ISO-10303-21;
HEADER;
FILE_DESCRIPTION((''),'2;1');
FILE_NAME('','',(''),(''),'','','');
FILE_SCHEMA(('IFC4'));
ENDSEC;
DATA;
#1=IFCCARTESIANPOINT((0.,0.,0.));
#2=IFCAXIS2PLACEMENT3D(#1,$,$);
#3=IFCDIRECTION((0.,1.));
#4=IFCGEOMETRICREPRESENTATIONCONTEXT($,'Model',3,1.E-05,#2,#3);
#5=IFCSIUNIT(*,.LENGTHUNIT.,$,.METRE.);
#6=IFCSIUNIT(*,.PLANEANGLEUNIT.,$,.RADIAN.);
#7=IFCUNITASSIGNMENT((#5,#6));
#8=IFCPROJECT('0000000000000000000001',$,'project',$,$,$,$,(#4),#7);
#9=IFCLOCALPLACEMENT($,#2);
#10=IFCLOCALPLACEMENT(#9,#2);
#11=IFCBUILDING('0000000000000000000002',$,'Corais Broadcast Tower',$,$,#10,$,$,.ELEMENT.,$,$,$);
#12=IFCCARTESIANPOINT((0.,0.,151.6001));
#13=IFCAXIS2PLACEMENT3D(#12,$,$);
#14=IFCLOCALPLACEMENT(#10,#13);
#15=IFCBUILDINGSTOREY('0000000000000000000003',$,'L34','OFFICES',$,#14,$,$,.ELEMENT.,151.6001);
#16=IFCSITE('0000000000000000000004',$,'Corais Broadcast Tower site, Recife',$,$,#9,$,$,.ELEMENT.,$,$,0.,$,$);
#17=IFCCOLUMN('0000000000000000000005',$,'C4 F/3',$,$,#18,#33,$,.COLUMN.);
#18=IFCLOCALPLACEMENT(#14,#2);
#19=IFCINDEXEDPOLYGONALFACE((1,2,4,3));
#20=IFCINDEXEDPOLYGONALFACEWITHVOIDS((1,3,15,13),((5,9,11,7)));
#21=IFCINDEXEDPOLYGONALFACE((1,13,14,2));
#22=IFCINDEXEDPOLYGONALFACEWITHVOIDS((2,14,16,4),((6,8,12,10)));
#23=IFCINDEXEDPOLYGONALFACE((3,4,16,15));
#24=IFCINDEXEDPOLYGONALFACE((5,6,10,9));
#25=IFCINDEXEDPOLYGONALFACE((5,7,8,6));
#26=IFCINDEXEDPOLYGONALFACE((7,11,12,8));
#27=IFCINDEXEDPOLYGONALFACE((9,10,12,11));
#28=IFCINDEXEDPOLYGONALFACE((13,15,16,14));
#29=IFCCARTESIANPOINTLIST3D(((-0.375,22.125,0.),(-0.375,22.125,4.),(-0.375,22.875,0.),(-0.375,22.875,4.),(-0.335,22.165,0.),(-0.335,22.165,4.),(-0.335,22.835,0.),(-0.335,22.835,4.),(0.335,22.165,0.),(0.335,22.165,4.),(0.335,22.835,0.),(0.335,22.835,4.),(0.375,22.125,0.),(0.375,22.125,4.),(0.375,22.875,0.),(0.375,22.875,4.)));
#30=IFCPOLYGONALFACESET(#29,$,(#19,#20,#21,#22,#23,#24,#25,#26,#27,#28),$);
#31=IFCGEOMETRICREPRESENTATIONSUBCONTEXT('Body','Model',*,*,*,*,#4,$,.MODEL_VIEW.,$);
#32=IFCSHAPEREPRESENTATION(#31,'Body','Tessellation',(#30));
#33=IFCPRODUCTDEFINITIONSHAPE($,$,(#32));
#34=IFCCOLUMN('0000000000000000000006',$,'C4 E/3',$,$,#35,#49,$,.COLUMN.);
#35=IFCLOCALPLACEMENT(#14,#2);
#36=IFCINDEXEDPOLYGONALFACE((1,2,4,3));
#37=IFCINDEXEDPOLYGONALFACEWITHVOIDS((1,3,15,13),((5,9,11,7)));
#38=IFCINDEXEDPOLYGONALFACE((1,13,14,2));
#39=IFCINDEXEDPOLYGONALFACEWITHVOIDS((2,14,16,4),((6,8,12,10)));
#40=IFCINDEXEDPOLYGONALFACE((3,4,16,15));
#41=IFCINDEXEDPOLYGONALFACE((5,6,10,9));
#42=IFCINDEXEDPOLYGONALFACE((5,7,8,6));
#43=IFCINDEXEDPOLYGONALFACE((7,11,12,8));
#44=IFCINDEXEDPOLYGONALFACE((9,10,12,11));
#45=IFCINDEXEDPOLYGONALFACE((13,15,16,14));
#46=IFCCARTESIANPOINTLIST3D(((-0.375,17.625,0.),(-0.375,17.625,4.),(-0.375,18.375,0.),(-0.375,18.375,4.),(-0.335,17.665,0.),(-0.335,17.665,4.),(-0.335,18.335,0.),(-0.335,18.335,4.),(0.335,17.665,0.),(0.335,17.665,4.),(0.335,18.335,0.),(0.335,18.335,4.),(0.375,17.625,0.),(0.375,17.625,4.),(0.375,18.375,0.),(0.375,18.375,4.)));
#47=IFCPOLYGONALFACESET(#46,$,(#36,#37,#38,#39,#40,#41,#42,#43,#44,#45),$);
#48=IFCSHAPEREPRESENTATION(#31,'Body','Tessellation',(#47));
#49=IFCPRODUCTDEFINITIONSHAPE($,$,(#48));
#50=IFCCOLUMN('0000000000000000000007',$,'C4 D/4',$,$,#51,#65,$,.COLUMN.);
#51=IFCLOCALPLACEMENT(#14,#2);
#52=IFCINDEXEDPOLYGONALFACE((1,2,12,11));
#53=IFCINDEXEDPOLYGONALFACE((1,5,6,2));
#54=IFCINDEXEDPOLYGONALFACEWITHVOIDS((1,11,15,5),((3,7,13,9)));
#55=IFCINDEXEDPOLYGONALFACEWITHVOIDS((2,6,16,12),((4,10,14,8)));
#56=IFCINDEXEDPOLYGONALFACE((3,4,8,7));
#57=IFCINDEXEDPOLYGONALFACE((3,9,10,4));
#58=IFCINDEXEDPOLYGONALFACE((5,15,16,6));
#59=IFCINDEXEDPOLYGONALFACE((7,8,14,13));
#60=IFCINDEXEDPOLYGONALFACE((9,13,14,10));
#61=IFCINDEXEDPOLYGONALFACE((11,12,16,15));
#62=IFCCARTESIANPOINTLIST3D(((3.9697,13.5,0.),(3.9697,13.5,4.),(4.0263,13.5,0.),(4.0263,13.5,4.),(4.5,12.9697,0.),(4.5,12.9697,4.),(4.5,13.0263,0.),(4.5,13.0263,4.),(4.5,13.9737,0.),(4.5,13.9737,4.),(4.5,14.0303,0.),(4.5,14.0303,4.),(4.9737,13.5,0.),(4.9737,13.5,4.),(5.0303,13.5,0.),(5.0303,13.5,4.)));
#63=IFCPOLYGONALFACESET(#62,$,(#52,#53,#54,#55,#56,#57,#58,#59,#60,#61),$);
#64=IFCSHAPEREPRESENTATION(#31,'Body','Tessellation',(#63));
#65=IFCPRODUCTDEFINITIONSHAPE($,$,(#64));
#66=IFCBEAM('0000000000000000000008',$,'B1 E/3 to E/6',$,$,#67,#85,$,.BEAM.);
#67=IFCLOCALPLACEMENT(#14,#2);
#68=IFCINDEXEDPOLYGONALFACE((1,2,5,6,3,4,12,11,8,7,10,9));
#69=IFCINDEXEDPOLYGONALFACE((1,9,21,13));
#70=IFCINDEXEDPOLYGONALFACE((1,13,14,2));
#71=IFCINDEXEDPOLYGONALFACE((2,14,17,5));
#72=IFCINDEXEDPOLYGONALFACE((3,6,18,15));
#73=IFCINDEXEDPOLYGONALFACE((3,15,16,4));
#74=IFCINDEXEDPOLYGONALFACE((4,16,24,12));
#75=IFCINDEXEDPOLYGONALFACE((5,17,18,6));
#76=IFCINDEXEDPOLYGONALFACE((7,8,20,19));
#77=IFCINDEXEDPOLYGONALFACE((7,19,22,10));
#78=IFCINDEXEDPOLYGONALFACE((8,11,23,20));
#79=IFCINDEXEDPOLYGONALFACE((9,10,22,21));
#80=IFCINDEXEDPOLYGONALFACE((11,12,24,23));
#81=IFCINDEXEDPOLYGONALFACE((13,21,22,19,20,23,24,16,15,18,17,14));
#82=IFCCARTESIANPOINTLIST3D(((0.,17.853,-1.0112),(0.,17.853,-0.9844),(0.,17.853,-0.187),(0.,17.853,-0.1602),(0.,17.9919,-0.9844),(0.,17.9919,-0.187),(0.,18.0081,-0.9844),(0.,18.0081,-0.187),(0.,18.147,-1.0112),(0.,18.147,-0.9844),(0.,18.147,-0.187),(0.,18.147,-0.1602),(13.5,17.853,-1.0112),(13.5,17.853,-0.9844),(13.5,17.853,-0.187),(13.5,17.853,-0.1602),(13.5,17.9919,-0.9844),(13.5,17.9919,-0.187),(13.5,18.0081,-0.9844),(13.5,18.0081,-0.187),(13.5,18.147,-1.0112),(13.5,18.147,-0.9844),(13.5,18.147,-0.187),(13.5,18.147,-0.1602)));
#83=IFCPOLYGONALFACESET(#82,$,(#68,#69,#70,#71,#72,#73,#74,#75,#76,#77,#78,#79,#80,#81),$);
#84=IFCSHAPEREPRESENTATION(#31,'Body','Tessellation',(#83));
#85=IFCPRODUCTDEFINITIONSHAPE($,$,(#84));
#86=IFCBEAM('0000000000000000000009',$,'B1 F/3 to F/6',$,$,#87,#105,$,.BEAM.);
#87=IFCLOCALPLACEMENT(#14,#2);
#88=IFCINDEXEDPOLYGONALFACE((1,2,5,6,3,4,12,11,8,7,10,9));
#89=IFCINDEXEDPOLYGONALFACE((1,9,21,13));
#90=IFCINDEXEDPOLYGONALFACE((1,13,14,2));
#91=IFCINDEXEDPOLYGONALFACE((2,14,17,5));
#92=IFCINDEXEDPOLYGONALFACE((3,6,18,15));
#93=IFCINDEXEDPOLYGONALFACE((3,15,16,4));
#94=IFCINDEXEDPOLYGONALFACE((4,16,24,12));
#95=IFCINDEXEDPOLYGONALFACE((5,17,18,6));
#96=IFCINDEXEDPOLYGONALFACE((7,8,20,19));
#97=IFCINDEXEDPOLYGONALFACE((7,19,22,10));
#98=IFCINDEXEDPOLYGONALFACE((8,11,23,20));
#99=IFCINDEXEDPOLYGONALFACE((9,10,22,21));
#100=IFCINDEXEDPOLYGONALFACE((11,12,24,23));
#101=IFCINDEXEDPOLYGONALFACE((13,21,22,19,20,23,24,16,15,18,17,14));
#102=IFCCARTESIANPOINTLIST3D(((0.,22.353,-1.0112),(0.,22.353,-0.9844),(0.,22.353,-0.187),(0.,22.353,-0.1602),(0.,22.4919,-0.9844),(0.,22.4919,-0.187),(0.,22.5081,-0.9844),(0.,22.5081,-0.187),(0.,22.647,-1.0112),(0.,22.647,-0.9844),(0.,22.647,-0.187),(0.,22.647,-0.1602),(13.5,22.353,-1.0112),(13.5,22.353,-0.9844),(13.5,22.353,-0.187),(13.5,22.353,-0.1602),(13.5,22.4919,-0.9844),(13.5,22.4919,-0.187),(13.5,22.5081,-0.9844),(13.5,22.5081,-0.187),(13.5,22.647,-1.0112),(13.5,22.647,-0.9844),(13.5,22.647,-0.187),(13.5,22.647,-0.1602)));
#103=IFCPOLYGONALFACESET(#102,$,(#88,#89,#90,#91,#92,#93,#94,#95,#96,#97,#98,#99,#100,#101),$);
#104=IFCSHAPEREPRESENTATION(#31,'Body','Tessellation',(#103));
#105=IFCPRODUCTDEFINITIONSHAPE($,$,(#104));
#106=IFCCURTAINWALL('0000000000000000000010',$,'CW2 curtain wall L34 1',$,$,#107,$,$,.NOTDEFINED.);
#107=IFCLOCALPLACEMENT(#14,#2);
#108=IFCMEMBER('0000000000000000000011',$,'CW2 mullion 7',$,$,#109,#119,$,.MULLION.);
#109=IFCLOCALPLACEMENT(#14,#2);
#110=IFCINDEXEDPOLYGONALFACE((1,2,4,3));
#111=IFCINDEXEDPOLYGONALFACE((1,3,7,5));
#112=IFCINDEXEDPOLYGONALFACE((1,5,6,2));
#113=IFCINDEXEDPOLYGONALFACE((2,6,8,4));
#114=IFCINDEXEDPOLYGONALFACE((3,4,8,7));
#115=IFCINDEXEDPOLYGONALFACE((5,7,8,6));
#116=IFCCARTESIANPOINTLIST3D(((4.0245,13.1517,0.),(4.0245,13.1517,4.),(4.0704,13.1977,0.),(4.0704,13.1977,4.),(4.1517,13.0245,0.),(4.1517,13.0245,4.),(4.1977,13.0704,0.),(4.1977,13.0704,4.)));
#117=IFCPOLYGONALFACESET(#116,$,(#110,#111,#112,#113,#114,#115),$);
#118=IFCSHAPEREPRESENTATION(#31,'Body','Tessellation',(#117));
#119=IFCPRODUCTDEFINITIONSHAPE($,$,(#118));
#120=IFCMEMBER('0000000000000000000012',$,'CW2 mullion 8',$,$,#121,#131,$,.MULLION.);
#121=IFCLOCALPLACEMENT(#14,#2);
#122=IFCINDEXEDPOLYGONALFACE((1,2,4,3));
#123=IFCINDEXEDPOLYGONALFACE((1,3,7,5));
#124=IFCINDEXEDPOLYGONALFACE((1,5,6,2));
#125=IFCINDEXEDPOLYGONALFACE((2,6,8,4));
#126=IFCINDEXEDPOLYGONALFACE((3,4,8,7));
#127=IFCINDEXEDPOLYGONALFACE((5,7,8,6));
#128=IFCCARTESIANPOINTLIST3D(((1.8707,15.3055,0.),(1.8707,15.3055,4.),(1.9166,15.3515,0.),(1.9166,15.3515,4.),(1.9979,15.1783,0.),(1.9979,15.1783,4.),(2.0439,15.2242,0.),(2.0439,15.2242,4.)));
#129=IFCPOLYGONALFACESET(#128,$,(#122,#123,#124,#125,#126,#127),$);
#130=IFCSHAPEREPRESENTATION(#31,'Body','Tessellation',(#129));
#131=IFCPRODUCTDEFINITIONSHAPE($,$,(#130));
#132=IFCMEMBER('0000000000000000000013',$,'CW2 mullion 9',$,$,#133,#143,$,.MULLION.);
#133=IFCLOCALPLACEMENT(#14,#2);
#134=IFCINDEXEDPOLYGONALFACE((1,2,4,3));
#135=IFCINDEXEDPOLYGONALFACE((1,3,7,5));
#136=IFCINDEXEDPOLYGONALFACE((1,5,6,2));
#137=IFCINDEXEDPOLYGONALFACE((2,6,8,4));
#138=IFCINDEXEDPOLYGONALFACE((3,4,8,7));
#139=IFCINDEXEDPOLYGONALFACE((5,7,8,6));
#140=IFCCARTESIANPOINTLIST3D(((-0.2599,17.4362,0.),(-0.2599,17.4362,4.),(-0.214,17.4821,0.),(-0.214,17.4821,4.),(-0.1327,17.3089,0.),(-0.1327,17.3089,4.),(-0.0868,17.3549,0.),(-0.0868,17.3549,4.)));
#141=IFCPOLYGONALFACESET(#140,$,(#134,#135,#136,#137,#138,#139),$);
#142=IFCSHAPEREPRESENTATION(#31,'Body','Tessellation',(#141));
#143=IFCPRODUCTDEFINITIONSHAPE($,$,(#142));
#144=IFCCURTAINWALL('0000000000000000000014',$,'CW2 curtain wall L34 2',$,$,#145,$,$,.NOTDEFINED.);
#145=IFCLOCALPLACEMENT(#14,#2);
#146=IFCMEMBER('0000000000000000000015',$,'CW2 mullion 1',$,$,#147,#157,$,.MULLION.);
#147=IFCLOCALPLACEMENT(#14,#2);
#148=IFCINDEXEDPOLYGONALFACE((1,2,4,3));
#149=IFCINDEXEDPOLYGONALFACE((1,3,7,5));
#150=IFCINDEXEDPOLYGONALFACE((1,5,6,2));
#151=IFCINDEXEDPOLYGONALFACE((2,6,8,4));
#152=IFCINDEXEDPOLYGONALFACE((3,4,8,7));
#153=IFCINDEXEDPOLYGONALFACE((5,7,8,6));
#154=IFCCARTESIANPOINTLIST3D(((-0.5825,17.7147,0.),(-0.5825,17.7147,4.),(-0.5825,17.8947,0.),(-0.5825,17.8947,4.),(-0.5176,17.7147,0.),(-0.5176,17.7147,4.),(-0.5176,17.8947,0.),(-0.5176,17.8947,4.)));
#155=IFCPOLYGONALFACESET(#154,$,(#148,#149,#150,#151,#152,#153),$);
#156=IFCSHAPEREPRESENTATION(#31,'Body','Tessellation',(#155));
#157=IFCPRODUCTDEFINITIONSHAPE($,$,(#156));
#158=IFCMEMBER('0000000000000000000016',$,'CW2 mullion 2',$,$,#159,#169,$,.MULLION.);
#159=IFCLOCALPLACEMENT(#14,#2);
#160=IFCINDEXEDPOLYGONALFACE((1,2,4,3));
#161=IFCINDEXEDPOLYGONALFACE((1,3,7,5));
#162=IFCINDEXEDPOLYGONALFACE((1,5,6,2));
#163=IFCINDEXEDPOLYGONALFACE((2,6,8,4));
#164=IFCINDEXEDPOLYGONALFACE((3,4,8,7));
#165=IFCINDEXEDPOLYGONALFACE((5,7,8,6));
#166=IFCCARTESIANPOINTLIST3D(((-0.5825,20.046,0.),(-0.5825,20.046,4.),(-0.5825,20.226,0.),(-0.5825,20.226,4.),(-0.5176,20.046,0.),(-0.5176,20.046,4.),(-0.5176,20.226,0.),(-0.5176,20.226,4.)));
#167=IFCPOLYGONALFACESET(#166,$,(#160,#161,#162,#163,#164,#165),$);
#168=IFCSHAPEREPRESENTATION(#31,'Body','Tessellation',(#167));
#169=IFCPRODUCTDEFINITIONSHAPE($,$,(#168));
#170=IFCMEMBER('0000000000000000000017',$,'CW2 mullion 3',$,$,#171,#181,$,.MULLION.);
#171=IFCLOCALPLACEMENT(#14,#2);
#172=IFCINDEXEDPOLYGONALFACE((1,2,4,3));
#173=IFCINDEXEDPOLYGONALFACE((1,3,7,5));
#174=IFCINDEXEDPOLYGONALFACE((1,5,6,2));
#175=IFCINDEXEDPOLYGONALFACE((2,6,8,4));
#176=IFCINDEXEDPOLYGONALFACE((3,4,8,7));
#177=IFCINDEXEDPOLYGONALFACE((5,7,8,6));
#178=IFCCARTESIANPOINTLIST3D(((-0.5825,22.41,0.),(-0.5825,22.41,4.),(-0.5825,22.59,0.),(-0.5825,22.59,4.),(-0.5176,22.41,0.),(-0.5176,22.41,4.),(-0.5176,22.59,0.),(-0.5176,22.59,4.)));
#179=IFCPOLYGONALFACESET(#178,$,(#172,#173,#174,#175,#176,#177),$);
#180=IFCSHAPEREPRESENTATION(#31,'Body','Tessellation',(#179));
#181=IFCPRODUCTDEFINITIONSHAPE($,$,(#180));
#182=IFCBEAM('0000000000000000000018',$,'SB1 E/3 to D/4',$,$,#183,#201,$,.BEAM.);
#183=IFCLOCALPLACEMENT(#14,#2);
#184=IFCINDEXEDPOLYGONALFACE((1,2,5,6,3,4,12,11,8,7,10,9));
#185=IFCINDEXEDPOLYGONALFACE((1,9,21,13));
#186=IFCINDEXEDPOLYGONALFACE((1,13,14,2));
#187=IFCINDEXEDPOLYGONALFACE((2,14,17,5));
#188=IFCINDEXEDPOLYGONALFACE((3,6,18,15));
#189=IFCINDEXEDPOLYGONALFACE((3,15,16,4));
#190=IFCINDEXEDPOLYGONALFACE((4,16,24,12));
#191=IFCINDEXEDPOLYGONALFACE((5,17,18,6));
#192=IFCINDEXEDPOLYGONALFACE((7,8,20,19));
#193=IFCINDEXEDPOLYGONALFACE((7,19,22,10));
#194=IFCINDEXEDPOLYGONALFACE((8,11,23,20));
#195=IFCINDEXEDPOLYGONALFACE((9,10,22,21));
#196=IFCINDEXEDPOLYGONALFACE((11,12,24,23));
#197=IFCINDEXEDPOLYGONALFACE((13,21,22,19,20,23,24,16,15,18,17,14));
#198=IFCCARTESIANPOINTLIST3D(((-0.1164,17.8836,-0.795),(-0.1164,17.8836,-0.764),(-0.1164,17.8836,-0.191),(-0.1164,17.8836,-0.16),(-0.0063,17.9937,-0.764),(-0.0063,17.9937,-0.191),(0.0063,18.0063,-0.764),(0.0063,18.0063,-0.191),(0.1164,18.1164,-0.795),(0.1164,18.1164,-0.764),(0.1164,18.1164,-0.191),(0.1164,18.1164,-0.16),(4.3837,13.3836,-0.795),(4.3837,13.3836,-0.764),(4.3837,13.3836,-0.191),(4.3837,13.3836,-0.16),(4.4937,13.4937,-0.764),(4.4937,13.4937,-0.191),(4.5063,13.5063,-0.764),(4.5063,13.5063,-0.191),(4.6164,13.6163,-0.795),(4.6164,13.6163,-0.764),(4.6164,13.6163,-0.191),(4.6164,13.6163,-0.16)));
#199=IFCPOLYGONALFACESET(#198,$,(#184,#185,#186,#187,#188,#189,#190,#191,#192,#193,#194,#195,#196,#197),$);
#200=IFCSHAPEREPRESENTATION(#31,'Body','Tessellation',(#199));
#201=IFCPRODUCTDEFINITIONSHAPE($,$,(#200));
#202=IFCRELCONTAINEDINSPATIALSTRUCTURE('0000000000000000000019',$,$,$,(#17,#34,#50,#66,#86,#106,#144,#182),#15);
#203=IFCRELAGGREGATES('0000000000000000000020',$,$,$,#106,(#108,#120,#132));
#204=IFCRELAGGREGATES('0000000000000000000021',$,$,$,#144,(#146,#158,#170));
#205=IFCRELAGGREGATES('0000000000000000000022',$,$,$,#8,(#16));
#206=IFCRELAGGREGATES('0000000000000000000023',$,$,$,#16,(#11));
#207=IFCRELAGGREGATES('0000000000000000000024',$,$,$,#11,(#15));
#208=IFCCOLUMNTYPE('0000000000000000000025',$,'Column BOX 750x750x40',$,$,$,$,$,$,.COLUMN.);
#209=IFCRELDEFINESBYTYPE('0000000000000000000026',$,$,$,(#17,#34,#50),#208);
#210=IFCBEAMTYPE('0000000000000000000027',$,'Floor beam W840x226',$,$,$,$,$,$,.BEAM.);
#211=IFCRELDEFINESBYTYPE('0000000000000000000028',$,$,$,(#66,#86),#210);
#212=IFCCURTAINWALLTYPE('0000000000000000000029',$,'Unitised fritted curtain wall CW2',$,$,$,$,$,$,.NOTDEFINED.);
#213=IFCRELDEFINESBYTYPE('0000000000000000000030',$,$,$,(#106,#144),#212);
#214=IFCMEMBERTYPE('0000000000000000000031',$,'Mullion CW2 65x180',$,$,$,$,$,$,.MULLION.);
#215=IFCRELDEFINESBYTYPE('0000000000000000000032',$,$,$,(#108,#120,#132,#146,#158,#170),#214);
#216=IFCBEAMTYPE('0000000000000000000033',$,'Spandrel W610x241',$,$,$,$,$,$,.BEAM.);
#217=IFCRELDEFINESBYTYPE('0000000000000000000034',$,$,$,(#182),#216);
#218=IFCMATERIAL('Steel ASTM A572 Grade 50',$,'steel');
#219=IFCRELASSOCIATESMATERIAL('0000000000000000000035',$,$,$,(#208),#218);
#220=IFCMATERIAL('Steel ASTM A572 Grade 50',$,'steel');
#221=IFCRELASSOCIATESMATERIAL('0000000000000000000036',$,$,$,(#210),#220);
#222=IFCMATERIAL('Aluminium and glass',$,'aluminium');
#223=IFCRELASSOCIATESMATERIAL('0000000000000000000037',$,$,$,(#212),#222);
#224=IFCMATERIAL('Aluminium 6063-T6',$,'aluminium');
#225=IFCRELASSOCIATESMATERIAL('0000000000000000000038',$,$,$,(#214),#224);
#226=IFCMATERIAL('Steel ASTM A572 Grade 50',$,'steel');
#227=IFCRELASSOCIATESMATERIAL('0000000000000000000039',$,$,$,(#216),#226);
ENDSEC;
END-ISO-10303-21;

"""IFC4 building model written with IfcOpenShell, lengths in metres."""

from ifc_helpers import new_model, si_unit, direction, frame, origin, origin_2d, place, context, subcontext, project, spatial, rectangle, hollow_rectangle, i_section, extrude, material, material_profile, profile_set, type_object, element, aggregate, save


model = new_model("IFC4")

# Units and contexts
model_context = context("Model", 3, precision=1e-05, world=origin(), true_north=direction((0.0, 1.0)))
body_context = subcontext(model_context, "Body", "Model", "MODEL_VIEW")
ifc_project = project(units=[si_unit("LENGTHUNIT", "METRE"), si_unit("PLANEANGLEUNIT", "RADIAN")], contexts=[model_context])

# Site, building, storey
site_placement = place(None, origin())
site = spatial("IfcSite", under=ifc_project, at=site_placement, Name="Corais Broadcast Tower site, Recife", CompositionType="ELEMENT", RefElevation=0.0)
building_placement = place(site_placement, origin())
building = spatial("IfcBuilding", under=site, at=building_placement, Name="Corais Broadcast Tower", CompositionType="ELEMENT")
storey_placement = place(building_placement, frame((0.0, 0.0, 151.6001)))
storey = spatial("IfcBuildingStorey", under=building, at=storey_placement, Name="L34", Description="OFFICES", CompositionType="ELEMENT", Elevation=151.6001)

# Columns
ifc_material_1 = material(Name="Steel ASTM A572 Grade 50", Category="steel")
ifc_material_profile_1 = material_profile(ifc_material_1, hollow_rectangle(XDim=0.75, YDim=0.75, WallThickness=0.04, at=origin_2d()), Name="BOX 750x750x40")
ifc_profile_set_1 = profile_set([ifc_material_profile_1], Name="Steel ASTM A572 Grade 50")
column_type = type_object("IfcColumnType", Name="Column BOX 750x750x40", PredefinedType="COLUMN", material=ifc_profile_set_1)
for number, where, z_axis, x_axis, name in (
    (1, (0.0, 22.5, 0.0), (0.0, 0.0, 1.0), (1.0, 0.0, 0.0), "C4 F/3"),
    (2, (0.0, 18.0, 0.0), (0.0, 0.0, 1.0), (1.0, 0.0, 0.0), "C4 E/3"),
    (3, (4.5, 13.5, 0.0), (0.0, 0.0, 1.0), (0.707107, 0.707107, 0.0), "C4 D/4"),
):
    element("IfcColumn", number, at=place(storey_placement, frame(where, z_axis=z_axis, x_axis=x_axis)), inside=storey, type_object=column_type, Name=name, PredefinedType="COLUMN", context=body_context, shape_type="SweptSolid", body=[
        extrude(hollow_rectangle(XDim=0.75, YDim=0.75, WallThickness=0.04, at=origin_2d()), origin(), (0.0, 0.0, 1.0), 4.0),
    ])

# Beams
ifc_material_2 = material(Name="Steel ASTM A572 Grade 50", Category="steel")
ifc_material_profile_2 = material_profile(ifc_material_2, i_section(OverallWidth=0.2939, OverallDepth=0.8511, WebThickness=0.0161, FlangeThickness=0.0269, at=origin_2d()), Name="W840x226")
ifc_profile_set_2 = profile_set([ifc_material_profile_2], Name="Steel ASTM A572 Grade 50")
beam_type_1 = type_object("IfcBeamType", Name="Floor beam W840x226", PredefinedType="BEAM", material=ifc_profile_set_2)
for number, where, z_axis, x_axis, name in (
    (4, (0.0, 18.0, -0.5857), (1.0, 0.0, 0.0), (0.0, 1.0, 0.0), "B1 E/3 to E/6"),
    (5, (0.0, 22.5, -0.5857), (1.0, 0.0, 0.0), (0.0, 1.0, 0.0), "B1 F/3 to F/6"),
):
    element("IfcBeam", number, at=place(storey_placement, frame(where, z_axis=z_axis, x_axis=x_axis)), inside=storey, type_object=beam_type_1, Name=name, PredefinedType="BEAM", context=body_context, shape_type="SweptSolid", body=[
        extrude(i_section(OverallWidth=0.2939, OverallDepth=0.8511, WebThickness=0.0161, FlangeThickness=0.0269, at=origin_2d()), origin(), (0.0, 0.0, 1.0), 13.5),
    ])

# Curtain walls, members
ifc_material_3 = material(Name="Aluminium and glass", Category="aluminium")
curtain_wall_type = type_object("IfcCurtainWallType", Name="Unitised fritted curtain wall CW2", PredefinedType="NOTDEFINED", material=ifc_material_3)
curtain_wall_1_placement = place(storey_placement, origin())
curtain_wall_1 = element("IfcCurtainWall", 6, at=curtain_wall_1_placement, inside=storey, type_object=curtain_wall_type, Name="CW2 curtain wall L34 1", PredefinedType="NOTDEFINED")
ifc_material_4 = material(Name="Aluminium 6063-T6", Category="aluminium")
ifc_material_profile_3 = material_profile(ifc_material_4, rectangle(XDim=0.0649, YDim=0.1799, at=origin_2d()), Name="Mullion CW2 65x180")
ifc_profile_set_3 = profile_set([ifc_material_profile_3], Name="Aluminium 6063-T6")
member_type_1 = type_object("IfcMemberType", Name="Mullion CW2 65x180", PredefinedType="MULLION", material=ifc_profile_set_3)
member_1_placement = place(storey_placement, frame((4.1111, 13.1111, 0.0), z_axis=(0.0, 0.0, 1.0), x_axis=(-0.707107, -0.707107, 0.0)))
member_1 = element("IfcMember", 7, at=member_1_placement, type_object=member_type_1, Name="CW2 mullion 7", PredefinedType="MULLION", context=body_context, shape_type="SweptSolid", body=[
    extrude(rectangle(XDim=0.0649, YDim=0.1799, at=origin_2d()), origin(), (0.0, 0.0, 1.0), 4.0),
])
member_2_placement = place(storey_placement, frame((1.9573, 15.2649, 0.0), z_axis=(0.0, 0.0, 1.0), x_axis=(-0.707107, -0.707107, 0.0)))
member_2 = element("IfcMember", 8, at=member_2_placement, type_object=member_type_1, Name="CW2 mullion 8", PredefinedType="MULLION", context=body_context, shape_type="SweptSolid", body=[
    extrude(rectangle(XDim=0.0649, YDim=0.1799, at=origin_2d()), origin(), (0.0, 0.0, 1.0), 4.0),
])
member_3_placement = place(storey_placement, frame((-0.1733, 17.3955, 0.0), z_axis=(0.0, 0.0, 1.0), x_axis=(-0.707107, -0.707107, 0.0)))
member_3 = element("IfcMember", 9, at=member_3_placement, type_object=member_type_1, Name="CW2 mullion 9", PredefinedType="MULLION", context=body_context, shape_type="SweptSolid", body=[
    extrude(rectangle(XDim=0.0649, YDim=0.1799, at=origin_2d()), origin(), (0.0, 0.0, 1.0), 4.0),
])
curtain_wall_2_placement = place(storey_placement, origin())
curtain_wall_2 = element("IfcCurtainWall", 10, at=curtain_wall_2_placement, inside=storey, type_object=curtain_wall_type, Name="CW2 curtain wall L34 2", PredefinedType="NOTDEFINED")
member_4_placement = place(storey_placement, frame((-0.55, 17.8047, 0.0), z_axis=(0.0, 0.0, 1.0), x_axis=(-1.0, 0.0, 0.0)))
member_4 = element("IfcMember", 11, at=member_4_placement, type_object=member_type_1, Name="CW2 mullion 1", PredefinedType="MULLION", context=body_context, shape_type="SweptSolid", body=[
    extrude(rectangle(XDim=0.0649, YDim=0.1799, at=origin_2d()), origin(), (0.0, 0.0, 1.0), 4.0),
])
member_5_placement = place(storey_placement, frame((-0.55, 20.136, 0.0), z_axis=(0.0, 0.0, 1.0), x_axis=(-1.0, 0.0, 0.0)))
member_5 = element("IfcMember", 12, at=member_5_placement, type_object=member_type_1, Name="CW2 mullion 2", PredefinedType="MULLION", context=body_context, shape_type="SweptSolid", body=[
    extrude(rectangle(XDim=0.0649, YDim=0.1799, at=origin_2d()), origin(), (0.0, 0.0, 1.0), 4.0),
])
member_6_placement = place(storey_placement, frame((-0.55, 22.5, 0.0), z_axis=(0.0, 0.0, 1.0), x_axis=(-1.0, 0.0, 0.0)))
member_6 = element("IfcMember", 13, at=member_6_placement, type_object=member_type_1, Name="CW2 mullion 3", PredefinedType="MULLION", context=body_context, shape_type="SweptSolid", body=[
    extrude(rectangle(XDim=0.0649, YDim=0.1799, at=origin_2d()), origin(), (0.0, 0.0, 1.0), 4.0),
])

# Beam
ifc_material_5 = material(Name="Steel ASTM A572 Grade 50", Category="steel")
ifc_material_profile_4 = material_profile(ifc_material_5, i_section(OverallWidth=0.3291, OverallDepth=0.635, WebThickness=0.0178, FlangeThickness=0.031, at=origin_2d()), Name="W610x241")
ifc_profile_set_4 = profile_set([ifc_material_profile_4], Name="Steel ASTM A572 Grade 50")
beam_type_2 = type_object("IfcBeamType", Name="Spandrel W610x241", PredefinedType="BEAM", material=ifc_profile_set_4)
beam_1_placement = place(storey_placement, frame((0.0, 18.0, -0.4775), z_axis=(0.707107, -0.707107, 0.0), x_axis=(0.707107, 0.707107, 0.0)))
element("IfcBeam", 14, at=beam_1_placement, inside=storey, type_object=beam_type_2, Name="SB1 E/3 to D/4", PredefinedType="BEAM", context=body_context, shape_type="SweptSolid", body=[
    extrude(i_section(OverallWidth=0.3291, OverallDepth=0.635, WebThickness=0.0178, FlangeThickness=0.031, at=origin_2d()), origin(), (0.0, 0.0, 1.0), 6.364),
])

aggregate(curtain_wall_1, [member_1, member_2, member_3])
aggregate(curtain_wall_2, [member_4, member_5, member_6])

save(model, "model.ifc")
